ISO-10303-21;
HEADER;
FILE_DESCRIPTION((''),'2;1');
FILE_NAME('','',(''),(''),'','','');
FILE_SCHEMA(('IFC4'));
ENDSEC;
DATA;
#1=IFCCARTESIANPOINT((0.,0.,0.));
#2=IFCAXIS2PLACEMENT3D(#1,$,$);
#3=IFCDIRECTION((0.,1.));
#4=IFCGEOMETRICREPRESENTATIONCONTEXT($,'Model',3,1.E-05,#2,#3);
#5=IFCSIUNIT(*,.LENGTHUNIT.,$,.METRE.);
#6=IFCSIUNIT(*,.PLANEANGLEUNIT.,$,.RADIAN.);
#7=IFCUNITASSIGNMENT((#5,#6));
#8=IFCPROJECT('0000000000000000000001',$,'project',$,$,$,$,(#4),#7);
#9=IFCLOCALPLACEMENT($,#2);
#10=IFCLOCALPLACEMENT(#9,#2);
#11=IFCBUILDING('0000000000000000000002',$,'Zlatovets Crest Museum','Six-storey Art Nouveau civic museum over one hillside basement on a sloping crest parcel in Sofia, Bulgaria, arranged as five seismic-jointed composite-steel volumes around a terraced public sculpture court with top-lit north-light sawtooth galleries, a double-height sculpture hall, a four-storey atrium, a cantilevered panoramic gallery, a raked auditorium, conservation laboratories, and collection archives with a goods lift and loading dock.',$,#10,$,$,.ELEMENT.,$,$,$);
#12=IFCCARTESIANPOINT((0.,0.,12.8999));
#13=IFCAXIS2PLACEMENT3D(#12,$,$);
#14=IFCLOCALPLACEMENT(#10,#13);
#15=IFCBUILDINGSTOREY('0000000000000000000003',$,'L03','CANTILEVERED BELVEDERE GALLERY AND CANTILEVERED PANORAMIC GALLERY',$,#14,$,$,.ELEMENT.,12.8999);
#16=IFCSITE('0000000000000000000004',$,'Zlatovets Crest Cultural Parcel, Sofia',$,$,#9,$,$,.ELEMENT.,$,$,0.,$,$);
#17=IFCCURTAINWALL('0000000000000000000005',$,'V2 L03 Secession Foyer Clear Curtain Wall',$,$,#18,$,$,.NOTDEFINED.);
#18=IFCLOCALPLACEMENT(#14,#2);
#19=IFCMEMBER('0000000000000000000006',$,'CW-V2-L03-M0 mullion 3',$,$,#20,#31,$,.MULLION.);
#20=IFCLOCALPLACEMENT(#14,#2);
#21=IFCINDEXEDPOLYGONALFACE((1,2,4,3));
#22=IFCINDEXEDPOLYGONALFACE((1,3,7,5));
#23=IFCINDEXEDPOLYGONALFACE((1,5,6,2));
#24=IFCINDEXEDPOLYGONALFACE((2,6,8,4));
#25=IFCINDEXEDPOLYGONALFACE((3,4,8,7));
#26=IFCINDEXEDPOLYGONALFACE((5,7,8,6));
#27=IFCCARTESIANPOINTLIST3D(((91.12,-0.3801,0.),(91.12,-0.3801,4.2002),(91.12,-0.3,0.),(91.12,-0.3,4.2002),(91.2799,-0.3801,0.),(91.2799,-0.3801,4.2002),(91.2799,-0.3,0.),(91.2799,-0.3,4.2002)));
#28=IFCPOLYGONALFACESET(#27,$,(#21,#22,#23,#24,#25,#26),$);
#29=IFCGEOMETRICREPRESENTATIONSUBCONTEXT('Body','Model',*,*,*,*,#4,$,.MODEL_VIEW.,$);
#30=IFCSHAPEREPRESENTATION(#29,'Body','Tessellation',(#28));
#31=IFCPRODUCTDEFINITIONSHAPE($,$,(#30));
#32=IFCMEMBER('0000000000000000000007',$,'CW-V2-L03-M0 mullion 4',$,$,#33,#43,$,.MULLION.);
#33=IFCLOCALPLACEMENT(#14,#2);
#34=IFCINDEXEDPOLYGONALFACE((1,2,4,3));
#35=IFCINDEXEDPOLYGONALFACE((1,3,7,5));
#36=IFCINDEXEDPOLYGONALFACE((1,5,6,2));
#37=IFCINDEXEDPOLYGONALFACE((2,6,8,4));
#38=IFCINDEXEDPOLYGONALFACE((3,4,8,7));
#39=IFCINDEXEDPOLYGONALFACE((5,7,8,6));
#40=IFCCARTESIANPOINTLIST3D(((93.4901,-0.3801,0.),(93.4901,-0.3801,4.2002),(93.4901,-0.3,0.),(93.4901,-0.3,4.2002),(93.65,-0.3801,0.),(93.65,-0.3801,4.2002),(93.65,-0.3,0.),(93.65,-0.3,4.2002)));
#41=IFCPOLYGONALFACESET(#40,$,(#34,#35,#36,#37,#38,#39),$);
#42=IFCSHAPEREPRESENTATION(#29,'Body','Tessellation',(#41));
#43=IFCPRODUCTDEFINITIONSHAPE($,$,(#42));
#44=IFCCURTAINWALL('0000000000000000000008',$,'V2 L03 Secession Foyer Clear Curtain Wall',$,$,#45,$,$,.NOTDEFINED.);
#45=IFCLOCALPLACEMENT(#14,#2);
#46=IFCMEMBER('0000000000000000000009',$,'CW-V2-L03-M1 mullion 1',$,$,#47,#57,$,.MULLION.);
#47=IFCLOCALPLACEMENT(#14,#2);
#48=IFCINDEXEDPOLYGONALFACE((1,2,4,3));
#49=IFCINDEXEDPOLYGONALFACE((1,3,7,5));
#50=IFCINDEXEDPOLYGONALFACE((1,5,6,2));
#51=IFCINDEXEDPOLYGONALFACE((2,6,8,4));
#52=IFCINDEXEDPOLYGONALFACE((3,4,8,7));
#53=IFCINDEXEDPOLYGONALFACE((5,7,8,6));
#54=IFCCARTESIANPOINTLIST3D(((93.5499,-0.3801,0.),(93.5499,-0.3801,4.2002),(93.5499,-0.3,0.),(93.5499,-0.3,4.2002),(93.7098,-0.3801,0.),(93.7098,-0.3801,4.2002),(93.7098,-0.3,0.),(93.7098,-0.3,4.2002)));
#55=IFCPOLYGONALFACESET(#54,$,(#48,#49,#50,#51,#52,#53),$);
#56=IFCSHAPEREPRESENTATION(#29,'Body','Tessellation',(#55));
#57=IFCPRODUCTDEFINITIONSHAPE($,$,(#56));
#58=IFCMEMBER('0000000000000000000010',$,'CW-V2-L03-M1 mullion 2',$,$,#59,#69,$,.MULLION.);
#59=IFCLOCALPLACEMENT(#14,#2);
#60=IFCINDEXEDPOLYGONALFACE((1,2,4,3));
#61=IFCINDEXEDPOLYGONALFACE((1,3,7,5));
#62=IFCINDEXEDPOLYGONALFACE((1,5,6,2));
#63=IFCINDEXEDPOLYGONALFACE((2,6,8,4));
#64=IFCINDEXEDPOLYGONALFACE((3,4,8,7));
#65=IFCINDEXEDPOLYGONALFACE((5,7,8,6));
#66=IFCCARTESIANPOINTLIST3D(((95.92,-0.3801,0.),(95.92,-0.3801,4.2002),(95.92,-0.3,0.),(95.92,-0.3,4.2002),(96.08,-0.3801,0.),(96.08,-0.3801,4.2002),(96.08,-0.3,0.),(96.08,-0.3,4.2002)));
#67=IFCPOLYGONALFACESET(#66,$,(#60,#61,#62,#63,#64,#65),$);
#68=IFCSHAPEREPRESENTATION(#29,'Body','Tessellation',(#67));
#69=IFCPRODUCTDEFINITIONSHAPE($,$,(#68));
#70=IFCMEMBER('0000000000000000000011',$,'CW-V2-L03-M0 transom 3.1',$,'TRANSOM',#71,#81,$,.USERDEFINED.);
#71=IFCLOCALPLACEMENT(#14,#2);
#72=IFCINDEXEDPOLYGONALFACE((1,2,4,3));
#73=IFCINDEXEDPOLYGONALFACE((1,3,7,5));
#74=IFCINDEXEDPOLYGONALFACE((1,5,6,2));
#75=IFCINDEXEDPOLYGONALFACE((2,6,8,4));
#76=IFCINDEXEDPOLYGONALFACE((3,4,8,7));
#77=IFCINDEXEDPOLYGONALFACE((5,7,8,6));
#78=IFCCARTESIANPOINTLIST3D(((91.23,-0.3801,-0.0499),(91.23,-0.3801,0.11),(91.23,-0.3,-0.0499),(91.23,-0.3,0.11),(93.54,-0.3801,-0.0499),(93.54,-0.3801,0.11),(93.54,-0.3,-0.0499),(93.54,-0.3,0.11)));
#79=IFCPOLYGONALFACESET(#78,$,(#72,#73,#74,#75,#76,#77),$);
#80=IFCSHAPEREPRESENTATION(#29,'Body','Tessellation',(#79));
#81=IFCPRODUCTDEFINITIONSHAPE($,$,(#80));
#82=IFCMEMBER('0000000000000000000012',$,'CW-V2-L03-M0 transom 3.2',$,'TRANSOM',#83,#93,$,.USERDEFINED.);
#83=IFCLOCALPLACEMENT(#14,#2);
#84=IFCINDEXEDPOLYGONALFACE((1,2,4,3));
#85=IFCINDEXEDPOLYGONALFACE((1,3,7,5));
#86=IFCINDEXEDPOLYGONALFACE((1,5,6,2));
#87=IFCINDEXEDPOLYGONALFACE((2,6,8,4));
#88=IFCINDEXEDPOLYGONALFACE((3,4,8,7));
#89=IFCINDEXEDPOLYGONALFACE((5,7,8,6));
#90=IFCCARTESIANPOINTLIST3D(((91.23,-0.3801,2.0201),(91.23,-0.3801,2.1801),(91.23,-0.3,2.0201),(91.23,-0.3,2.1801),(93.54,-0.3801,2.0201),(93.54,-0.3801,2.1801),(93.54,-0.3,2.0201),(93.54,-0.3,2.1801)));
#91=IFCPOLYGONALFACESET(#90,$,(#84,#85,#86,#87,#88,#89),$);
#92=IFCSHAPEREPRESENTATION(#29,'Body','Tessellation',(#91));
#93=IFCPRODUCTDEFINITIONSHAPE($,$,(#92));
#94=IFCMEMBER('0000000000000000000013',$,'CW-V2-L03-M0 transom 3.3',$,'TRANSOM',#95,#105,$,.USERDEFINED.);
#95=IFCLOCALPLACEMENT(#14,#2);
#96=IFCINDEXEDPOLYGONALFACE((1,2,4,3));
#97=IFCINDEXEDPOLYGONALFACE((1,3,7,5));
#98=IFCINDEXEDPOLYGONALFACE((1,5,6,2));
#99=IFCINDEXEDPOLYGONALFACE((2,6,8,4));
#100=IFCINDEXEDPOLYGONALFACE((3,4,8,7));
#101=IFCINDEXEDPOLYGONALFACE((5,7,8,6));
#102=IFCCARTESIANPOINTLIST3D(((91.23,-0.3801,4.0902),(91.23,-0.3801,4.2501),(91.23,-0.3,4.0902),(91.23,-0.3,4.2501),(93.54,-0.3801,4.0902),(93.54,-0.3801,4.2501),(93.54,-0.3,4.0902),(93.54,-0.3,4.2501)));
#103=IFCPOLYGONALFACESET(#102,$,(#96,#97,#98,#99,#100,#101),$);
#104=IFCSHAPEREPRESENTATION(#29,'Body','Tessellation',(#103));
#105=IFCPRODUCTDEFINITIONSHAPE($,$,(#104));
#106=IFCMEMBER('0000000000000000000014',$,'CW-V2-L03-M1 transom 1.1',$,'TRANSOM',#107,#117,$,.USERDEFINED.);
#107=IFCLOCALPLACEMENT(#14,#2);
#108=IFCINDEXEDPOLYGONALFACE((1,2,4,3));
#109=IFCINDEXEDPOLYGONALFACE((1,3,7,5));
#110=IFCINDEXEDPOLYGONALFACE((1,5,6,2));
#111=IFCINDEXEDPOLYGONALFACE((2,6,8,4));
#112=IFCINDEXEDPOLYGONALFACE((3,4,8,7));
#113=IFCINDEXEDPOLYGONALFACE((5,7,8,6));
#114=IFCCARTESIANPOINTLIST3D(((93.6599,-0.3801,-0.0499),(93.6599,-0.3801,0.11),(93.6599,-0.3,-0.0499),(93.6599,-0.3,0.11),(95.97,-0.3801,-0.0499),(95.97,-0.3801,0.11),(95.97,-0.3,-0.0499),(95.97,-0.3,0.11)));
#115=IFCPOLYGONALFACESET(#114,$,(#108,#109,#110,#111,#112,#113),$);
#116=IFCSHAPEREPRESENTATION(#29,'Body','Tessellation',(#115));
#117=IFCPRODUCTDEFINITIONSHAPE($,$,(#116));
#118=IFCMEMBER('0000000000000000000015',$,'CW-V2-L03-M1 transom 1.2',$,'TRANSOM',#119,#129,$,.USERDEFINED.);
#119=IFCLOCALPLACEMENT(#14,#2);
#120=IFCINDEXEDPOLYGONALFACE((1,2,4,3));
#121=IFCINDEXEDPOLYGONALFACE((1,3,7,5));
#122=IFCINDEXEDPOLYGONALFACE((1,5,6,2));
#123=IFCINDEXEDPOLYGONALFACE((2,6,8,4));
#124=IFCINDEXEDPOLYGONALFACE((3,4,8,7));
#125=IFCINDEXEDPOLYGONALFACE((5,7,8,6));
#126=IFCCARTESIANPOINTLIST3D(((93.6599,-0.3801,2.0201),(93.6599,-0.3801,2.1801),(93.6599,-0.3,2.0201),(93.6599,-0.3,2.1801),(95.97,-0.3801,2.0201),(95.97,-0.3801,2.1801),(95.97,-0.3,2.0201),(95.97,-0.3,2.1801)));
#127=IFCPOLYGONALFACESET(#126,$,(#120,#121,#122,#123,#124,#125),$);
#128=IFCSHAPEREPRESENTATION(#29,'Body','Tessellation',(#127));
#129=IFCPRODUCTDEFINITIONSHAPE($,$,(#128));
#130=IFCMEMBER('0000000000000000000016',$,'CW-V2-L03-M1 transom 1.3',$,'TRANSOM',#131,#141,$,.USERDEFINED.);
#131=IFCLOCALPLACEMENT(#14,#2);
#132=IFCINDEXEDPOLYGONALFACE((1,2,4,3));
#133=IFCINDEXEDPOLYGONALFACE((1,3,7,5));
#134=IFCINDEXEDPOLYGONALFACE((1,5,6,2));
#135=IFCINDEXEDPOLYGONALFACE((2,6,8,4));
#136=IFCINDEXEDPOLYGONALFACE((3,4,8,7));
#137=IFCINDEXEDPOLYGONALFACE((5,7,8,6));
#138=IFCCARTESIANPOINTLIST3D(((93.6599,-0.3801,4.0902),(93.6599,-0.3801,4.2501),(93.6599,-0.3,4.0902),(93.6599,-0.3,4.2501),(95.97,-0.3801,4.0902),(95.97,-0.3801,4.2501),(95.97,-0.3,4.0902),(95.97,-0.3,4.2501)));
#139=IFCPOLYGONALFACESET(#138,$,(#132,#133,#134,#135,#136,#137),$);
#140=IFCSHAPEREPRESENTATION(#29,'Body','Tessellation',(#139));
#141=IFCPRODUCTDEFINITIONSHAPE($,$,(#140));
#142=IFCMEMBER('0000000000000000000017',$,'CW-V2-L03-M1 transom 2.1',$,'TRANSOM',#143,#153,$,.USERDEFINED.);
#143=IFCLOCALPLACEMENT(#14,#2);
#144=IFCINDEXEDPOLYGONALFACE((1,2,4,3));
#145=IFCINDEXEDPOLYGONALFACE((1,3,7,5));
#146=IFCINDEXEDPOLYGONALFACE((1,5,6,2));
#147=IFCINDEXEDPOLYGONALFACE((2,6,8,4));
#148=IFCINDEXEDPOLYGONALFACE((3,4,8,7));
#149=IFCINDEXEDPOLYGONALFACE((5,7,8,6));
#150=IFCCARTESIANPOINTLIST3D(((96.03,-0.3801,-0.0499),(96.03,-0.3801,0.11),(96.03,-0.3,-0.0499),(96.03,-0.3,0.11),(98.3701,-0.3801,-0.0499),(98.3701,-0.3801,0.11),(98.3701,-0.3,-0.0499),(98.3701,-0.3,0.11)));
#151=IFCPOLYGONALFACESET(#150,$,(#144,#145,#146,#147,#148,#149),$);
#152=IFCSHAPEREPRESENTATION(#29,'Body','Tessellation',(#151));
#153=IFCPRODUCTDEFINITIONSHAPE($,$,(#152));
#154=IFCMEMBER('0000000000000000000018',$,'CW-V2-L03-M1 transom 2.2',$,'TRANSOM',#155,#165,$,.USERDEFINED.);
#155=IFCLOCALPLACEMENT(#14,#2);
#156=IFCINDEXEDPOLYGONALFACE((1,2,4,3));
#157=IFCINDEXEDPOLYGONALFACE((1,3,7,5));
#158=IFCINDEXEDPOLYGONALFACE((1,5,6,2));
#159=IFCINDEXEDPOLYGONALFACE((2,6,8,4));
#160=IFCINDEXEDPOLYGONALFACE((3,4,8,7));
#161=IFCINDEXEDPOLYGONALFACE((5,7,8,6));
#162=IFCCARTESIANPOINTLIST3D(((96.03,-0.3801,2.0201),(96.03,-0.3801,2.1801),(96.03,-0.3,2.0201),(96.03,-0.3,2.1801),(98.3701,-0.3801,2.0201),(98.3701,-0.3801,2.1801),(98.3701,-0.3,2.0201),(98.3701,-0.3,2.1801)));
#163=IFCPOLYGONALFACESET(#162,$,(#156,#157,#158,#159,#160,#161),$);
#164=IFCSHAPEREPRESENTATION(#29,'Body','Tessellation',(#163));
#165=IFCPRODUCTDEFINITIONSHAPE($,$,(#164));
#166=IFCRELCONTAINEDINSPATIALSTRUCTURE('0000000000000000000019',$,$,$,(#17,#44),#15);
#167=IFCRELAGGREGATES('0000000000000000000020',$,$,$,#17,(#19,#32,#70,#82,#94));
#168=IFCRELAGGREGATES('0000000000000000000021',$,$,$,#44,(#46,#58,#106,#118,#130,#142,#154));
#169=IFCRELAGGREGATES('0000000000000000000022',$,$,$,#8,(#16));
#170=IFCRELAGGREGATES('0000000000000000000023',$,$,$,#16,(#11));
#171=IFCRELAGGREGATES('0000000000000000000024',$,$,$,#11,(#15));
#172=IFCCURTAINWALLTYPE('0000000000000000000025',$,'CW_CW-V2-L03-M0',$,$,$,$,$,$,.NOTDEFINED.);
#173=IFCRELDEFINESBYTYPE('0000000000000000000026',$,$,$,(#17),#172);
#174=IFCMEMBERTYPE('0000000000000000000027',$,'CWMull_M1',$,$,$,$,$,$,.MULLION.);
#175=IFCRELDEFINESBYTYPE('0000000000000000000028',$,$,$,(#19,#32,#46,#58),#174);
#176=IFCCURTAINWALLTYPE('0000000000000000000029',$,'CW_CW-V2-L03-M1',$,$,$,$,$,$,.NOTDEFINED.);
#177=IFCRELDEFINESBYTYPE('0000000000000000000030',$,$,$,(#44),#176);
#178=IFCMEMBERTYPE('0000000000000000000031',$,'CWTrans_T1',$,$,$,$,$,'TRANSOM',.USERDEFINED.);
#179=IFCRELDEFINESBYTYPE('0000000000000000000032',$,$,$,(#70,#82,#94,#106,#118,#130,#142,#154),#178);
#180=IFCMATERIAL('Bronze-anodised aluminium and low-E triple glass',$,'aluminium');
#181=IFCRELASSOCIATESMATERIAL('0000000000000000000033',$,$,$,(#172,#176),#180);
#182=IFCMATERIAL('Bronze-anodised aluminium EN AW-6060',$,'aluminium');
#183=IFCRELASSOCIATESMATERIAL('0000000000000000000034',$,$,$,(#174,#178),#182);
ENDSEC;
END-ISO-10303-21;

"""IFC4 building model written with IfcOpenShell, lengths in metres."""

from ifc_helpers import new_model, si_unit, direction, frame, origin, origin_2d, place, context, subcontext, project, spatial, rectangle, extrude, material, material_profile, profile_set, type_object, element, aggregate, save


model = new_model("IFC4")

# Units and contexts
model_context = context("Model", 3, precision=1e-05, world=origin(), true_north=direction((0.0, 1.0)))
body_context = subcontext(model_context, "Body", "Model", "MODEL_VIEW")
ifc_project = project(units=[si_unit("LENGTHUNIT", "METRE"), si_unit("PLANEANGLEUNIT", "RADIAN")], contexts=[model_context])

# Site, building, storey
site_placement = place(None, origin())
site = spatial("IfcSite", under=ifc_project, at=site_placement, Name="Zlatovets Crest Cultural Parcel, Sofia", CompositionType="ELEMENT", RefElevation=0.0)
building_placement = place(site_placement, origin())
building = spatial("IfcBuilding", under=site, at=building_placement, Name="Zlatovets Crest Museum", Description="Six-storey Art Nouveau civic museum over one hillside basement on a sloping crest parcel in Sofia, Bulgaria, arranged as five seismic-jointed composite-steel volumes around a terraced public sculpture court with top-lit north-light sawtooth galleries, a double-height sculpture hall, a four-storey atrium, a cantilevered panoramic gallery, a raked auditorium, conservation laboratories, and collection archives with a goods lift and loading dock.", CompositionType="ELEMENT")
storey_placement = place(building_placement, frame((0.0, 0.0, 12.8999)))
storey = spatial("IfcBuildingStorey", under=building, at=storey_placement, Name="L03", Description="CANTILEVERED BELVEDERE GALLERY AND CANTILEVERED PANORAMIC GALLERY", CompositionType="ELEMENT", Elevation=12.8999)

# Curtain walls, members
ifc_material_1 = material(Name="Bronze-anodised aluminium and low-E triple glass", Category="aluminium")
curtain_wall_type_1 = type_object("IfcCurtainWallType", Name="CW_CW-V2-L03-M0", PredefinedType="NOTDEFINED", material=ifc_material_1)
curtain_wall_1_placement = place(storey_placement, origin())
curtain_wall_1 = element("IfcCurtainWall", 1, at=curtain_wall_1_placement, inside=storey, type_object=curtain_wall_type_1, Name="V2 L03 Secession Foyer Clear Curtain Wall", PredefinedType="NOTDEFINED")
ifc_material_2 = material(Name="Bronze-anodised aluminium EN AW-6060", Category="aluminium")
ifc_material_profile_1 = material_profile(ifc_material_2, rectangle(XDim=0.0801, YDim=0.1599, at=origin_2d()), Name="ALU 80x160")
ifc_profile_set_1 = profile_set([ifc_material_profile_1], Name="Bronze-anodised aluminium EN AW-6060")
member_type_1 = type_object("IfcMemberType", Name="CWMull_M1", PredefinedType="MULLION", material=ifc_profile_set_1)
member_1_placement = place(storey_placement, frame((91.2, -0.3401, 0.0), z_axis=(0.0, 0.0, 1.0), x_axis=(0.0, 1.0, 0.0)))
member_1 = element("IfcMember", 2, at=member_1_placement, type_object=member_type_1, Name="CW-V2-L03-M0 mullion 3", PredefinedType="MULLION", context=body_context, shape_type="SweptSolid", body=[
    extrude(rectangle(XDim=0.0801, YDim=0.1599, at=origin_2d()), origin(), (0.0, 0.0, 1.0), 4.2002),
])
member_2_placement = place(storey_placement, frame((93.5701, -0.3401, 0.0), z_axis=(0.0, 0.0, 1.0), x_axis=(0.0, 1.0, 0.0)))
member_2 = element("IfcMember", 3, at=member_2_placement, type_object=member_type_1, Name="CW-V2-L03-M0 mullion 4", PredefinedType="MULLION", context=body_context, shape_type="SweptSolid", body=[
    extrude(rectangle(XDim=0.0801, YDim=0.1599, at=origin_2d()), origin(), (0.0, 0.0, 1.0), 4.2002),
])
curtain_wall_type_2 = type_object("IfcCurtainWallType", Name="CW_CW-V2-L03-M1", PredefinedType="NOTDEFINED", material=ifc_material_1)
curtain_wall_2_placement = place(storey_placement, origin())
curtain_wall_2 = element("IfcCurtainWall", 4, at=curtain_wall_2_placement, inside=storey, type_object=curtain_wall_type_2, Name="V2 L03 Secession Foyer Clear Curtain Wall", PredefinedType="NOTDEFINED")
member_3_placement = place(storey_placement, frame((93.6299, -0.3401, 0.0), z_axis=(0.0, 0.0, 1.0), x_axis=(0.0, 1.0, 0.0)))
member_3 = element("IfcMember", 5, at=member_3_placement, type_object=member_type_1, Name="CW-V2-L03-M1 mullion 1", PredefinedType="MULLION", context=body_context, shape_type="SweptSolid", body=[
    extrude(rectangle(XDim=0.0801, YDim=0.1599, at=origin_2d()), origin(), (0.0, 0.0, 1.0), 4.2002),
])
member_4_placement = place(storey_placement, frame((96.0, -0.3401, 0.0), z_axis=(0.0, 0.0, 1.0), x_axis=(0.0, 1.0, 0.0)))
member_4 = element("IfcMember", 6, at=member_4_placement, type_object=member_type_1, Name="CW-V2-L03-M1 mullion 2", PredefinedType="MULLION", context=body_context, shape_type="SweptSolid", body=[
    extrude(rectangle(XDim=0.0801, YDim=0.1599, at=origin_2d()), origin(), (0.0, 0.0, 1.0), 4.2002),
])

# Members
ifc_material_profile_2 = material_profile(ifc_material_2, rectangle(XDim=0.0801, YDim=0.1599, at=origin_2d()), Name="ALU 80x160")
ifc_profile_set_2 = profile_set([ifc_material_profile_2], Name="Bronze-anodised aluminium EN AW-6060")
member_type_2 = type_object("IfcMemberType", Name="CWTrans_T1", ElementType="TRANSOM", PredefinedType="USERDEFINED", material=ifc_profile_set_2)
member_5_placement = place(storey_placement, frame((91.23, -0.3401, 0.03), z_axis=(1.0, 0.0, 0.0), x_axis=(0.0, 1.0, 0.0)))
member_5 = element("IfcMember", 7, at=member_5_placement, type_object=member_type_2, Name="CW-V2-L03-M0 transom 3.1", ObjectType="TRANSOM", PredefinedType="USERDEFINED", context=body_context, shape_type="SweptSolid", body=[
    extrude(rectangle(XDim=0.0801, YDim=0.1599, at=origin_2d()), origin(), (0.0, 0.0, 1.0), 2.3101),
])
member_6_placement = place(storey_placement, frame((91.23, -0.3401, 2.1001), z_axis=(1.0, 0.0, 0.0), x_axis=(0.0, 1.0, 0.0)))
member_6 = element("IfcMember", 8, at=member_6_placement, type_object=member_type_2, Name="CW-V2-L03-M0 transom 3.2", ObjectType="TRANSOM", PredefinedType="USERDEFINED", context=body_context, shape_type="SweptSolid", body=[
    extrude(rectangle(XDim=0.0801, YDim=0.1599, at=origin_2d()), origin(), (0.0, 0.0, 1.0), 2.3101),
])
member_7_placement = place(storey_placement, frame((91.23, -0.3401, 4.1702), z_axis=(1.0, 0.0, 0.0), x_axis=(0.0, 1.0, 0.0)))
member_7 = element("IfcMember", 9, at=member_7_placement, type_object=member_type_2, Name="CW-V2-L03-M0 transom 3.3", ObjectType="TRANSOM", PredefinedType="USERDEFINED", context=body_context, shape_type="SweptSolid", body=[
    extrude(rectangle(XDim=0.0801, YDim=0.1599, at=origin_2d()), origin(), (0.0, 0.0, 1.0), 2.3101),
])
member_8_placement = place(storey_placement, frame((93.6599, -0.3401, 0.03), z_axis=(1.0, 0.0, 0.0), x_axis=(0.0, 1.0, 0.0)))
member_8 = element("IfcMember", 10, at=member_8_placement, type_object=member_type_2, Name="CW-V2-L03-M1 transom 1.1", ObjectType="TRANSOM", PredefinedType="USERDEFINED", context=body_context, shape_type="SweptSolid", body=[
    extrude(rectangle(XDim=0.0801, YDim=0.1599, at=origin_2d()), origin(), (0.0, 0.0, 1.0), 2.3101),
])
member_9_placement = place(storey_placement, frame((93.6599, -0.3401, 2.1001), z_axis=(1.0, 0.0, 0.0), x_axis=(0.0, 1.0, 0.0)))
member_9 = element("IfcMember", 11, at=member_9_placement, type_object=member_type_2, Name="CW-V2-L03-M1 transom 1.2", ObjectType="TRANSOM", PredefinedType="USERDEFINED", context=body_context, shape_type="SweptSolid", body=[
    extrude(rectangle(XDim=0.0801, YDim=0.1599, at=origin_2d()), origin(), (0.0, 0.0, 1.0), 2.3101),
])
member_10_placement = place(storey_placement, frame((93.6599, -0.3401, 4.1702), z_axis=(1.0, 0.0, 0.0), x_axis=(0.0, 1.0, 0.0)))
member_10 = element("IfcMember", 12, at=member_10_placement, type_object=member_type_2, Name="CW-V2-L03-M1 transom 1.3", ObjectType="TRANSOM", PredefinedType="USERDEFINED", context=body_context, shape_type="SweptSolid", body=[
    extrude(rectangle(XDim=0.0801, YDim=0.1599, at=origin_2d()), origin(), (0.0, 0.0, 1.0), 2.3101),
])
member_11_placement = place(storey_placement, frame((96.03, -0.3401, 0.03), z_axis=(1.0, 0.0, 0.0), x_axis=(0.0, 1.0, 0.0)))
member_11 = element("IfcMember", 13, at=member_11_placement, type_object=member_type_2, Name="CW-V2-L03-M1 transom 2.1", ObjectType="TRANSOM", PredefinedType="USERDEFINED", context=body_context, shape_type="SweptSolid", body=[
    extrude(rectangle(XDim=0.0801, YDim=0.1599, at=origin_2d()), origin(), (0.0, 0.0, 1.0), 2.3401),
])
member_12_placement = place(storey_placement, frame((96.03, -0.3401, 2.1001), z_axis=(1.0, 0.0, 0.0), x_axis=(0.0, 1.0, 0.0)))
member_12 = element("IfcMember", 14, at=member_12_placement, type_object=member_type_2, Name="CW-V2-L03-M1 transom 2.2", ObjectType="TRANSOM", PredefinedType="USERDEFINED", context=body_context, shape_type="SweptSolid", body=[
    extrude(rectangle(XDim=0.0801, YDim=0.1599, at=origin_2d()), origin(), (0.0, 0.0, 1.0), 2.3401),
])

aggregate(curtain_wall_1, [member_1, member_2, member_5, member_6, member_7])
aggregate(curtain_wall_2, [member_3, member_4, member_8, member_9, member_10, member_11, member_12])

save(model, "model.ifc")
